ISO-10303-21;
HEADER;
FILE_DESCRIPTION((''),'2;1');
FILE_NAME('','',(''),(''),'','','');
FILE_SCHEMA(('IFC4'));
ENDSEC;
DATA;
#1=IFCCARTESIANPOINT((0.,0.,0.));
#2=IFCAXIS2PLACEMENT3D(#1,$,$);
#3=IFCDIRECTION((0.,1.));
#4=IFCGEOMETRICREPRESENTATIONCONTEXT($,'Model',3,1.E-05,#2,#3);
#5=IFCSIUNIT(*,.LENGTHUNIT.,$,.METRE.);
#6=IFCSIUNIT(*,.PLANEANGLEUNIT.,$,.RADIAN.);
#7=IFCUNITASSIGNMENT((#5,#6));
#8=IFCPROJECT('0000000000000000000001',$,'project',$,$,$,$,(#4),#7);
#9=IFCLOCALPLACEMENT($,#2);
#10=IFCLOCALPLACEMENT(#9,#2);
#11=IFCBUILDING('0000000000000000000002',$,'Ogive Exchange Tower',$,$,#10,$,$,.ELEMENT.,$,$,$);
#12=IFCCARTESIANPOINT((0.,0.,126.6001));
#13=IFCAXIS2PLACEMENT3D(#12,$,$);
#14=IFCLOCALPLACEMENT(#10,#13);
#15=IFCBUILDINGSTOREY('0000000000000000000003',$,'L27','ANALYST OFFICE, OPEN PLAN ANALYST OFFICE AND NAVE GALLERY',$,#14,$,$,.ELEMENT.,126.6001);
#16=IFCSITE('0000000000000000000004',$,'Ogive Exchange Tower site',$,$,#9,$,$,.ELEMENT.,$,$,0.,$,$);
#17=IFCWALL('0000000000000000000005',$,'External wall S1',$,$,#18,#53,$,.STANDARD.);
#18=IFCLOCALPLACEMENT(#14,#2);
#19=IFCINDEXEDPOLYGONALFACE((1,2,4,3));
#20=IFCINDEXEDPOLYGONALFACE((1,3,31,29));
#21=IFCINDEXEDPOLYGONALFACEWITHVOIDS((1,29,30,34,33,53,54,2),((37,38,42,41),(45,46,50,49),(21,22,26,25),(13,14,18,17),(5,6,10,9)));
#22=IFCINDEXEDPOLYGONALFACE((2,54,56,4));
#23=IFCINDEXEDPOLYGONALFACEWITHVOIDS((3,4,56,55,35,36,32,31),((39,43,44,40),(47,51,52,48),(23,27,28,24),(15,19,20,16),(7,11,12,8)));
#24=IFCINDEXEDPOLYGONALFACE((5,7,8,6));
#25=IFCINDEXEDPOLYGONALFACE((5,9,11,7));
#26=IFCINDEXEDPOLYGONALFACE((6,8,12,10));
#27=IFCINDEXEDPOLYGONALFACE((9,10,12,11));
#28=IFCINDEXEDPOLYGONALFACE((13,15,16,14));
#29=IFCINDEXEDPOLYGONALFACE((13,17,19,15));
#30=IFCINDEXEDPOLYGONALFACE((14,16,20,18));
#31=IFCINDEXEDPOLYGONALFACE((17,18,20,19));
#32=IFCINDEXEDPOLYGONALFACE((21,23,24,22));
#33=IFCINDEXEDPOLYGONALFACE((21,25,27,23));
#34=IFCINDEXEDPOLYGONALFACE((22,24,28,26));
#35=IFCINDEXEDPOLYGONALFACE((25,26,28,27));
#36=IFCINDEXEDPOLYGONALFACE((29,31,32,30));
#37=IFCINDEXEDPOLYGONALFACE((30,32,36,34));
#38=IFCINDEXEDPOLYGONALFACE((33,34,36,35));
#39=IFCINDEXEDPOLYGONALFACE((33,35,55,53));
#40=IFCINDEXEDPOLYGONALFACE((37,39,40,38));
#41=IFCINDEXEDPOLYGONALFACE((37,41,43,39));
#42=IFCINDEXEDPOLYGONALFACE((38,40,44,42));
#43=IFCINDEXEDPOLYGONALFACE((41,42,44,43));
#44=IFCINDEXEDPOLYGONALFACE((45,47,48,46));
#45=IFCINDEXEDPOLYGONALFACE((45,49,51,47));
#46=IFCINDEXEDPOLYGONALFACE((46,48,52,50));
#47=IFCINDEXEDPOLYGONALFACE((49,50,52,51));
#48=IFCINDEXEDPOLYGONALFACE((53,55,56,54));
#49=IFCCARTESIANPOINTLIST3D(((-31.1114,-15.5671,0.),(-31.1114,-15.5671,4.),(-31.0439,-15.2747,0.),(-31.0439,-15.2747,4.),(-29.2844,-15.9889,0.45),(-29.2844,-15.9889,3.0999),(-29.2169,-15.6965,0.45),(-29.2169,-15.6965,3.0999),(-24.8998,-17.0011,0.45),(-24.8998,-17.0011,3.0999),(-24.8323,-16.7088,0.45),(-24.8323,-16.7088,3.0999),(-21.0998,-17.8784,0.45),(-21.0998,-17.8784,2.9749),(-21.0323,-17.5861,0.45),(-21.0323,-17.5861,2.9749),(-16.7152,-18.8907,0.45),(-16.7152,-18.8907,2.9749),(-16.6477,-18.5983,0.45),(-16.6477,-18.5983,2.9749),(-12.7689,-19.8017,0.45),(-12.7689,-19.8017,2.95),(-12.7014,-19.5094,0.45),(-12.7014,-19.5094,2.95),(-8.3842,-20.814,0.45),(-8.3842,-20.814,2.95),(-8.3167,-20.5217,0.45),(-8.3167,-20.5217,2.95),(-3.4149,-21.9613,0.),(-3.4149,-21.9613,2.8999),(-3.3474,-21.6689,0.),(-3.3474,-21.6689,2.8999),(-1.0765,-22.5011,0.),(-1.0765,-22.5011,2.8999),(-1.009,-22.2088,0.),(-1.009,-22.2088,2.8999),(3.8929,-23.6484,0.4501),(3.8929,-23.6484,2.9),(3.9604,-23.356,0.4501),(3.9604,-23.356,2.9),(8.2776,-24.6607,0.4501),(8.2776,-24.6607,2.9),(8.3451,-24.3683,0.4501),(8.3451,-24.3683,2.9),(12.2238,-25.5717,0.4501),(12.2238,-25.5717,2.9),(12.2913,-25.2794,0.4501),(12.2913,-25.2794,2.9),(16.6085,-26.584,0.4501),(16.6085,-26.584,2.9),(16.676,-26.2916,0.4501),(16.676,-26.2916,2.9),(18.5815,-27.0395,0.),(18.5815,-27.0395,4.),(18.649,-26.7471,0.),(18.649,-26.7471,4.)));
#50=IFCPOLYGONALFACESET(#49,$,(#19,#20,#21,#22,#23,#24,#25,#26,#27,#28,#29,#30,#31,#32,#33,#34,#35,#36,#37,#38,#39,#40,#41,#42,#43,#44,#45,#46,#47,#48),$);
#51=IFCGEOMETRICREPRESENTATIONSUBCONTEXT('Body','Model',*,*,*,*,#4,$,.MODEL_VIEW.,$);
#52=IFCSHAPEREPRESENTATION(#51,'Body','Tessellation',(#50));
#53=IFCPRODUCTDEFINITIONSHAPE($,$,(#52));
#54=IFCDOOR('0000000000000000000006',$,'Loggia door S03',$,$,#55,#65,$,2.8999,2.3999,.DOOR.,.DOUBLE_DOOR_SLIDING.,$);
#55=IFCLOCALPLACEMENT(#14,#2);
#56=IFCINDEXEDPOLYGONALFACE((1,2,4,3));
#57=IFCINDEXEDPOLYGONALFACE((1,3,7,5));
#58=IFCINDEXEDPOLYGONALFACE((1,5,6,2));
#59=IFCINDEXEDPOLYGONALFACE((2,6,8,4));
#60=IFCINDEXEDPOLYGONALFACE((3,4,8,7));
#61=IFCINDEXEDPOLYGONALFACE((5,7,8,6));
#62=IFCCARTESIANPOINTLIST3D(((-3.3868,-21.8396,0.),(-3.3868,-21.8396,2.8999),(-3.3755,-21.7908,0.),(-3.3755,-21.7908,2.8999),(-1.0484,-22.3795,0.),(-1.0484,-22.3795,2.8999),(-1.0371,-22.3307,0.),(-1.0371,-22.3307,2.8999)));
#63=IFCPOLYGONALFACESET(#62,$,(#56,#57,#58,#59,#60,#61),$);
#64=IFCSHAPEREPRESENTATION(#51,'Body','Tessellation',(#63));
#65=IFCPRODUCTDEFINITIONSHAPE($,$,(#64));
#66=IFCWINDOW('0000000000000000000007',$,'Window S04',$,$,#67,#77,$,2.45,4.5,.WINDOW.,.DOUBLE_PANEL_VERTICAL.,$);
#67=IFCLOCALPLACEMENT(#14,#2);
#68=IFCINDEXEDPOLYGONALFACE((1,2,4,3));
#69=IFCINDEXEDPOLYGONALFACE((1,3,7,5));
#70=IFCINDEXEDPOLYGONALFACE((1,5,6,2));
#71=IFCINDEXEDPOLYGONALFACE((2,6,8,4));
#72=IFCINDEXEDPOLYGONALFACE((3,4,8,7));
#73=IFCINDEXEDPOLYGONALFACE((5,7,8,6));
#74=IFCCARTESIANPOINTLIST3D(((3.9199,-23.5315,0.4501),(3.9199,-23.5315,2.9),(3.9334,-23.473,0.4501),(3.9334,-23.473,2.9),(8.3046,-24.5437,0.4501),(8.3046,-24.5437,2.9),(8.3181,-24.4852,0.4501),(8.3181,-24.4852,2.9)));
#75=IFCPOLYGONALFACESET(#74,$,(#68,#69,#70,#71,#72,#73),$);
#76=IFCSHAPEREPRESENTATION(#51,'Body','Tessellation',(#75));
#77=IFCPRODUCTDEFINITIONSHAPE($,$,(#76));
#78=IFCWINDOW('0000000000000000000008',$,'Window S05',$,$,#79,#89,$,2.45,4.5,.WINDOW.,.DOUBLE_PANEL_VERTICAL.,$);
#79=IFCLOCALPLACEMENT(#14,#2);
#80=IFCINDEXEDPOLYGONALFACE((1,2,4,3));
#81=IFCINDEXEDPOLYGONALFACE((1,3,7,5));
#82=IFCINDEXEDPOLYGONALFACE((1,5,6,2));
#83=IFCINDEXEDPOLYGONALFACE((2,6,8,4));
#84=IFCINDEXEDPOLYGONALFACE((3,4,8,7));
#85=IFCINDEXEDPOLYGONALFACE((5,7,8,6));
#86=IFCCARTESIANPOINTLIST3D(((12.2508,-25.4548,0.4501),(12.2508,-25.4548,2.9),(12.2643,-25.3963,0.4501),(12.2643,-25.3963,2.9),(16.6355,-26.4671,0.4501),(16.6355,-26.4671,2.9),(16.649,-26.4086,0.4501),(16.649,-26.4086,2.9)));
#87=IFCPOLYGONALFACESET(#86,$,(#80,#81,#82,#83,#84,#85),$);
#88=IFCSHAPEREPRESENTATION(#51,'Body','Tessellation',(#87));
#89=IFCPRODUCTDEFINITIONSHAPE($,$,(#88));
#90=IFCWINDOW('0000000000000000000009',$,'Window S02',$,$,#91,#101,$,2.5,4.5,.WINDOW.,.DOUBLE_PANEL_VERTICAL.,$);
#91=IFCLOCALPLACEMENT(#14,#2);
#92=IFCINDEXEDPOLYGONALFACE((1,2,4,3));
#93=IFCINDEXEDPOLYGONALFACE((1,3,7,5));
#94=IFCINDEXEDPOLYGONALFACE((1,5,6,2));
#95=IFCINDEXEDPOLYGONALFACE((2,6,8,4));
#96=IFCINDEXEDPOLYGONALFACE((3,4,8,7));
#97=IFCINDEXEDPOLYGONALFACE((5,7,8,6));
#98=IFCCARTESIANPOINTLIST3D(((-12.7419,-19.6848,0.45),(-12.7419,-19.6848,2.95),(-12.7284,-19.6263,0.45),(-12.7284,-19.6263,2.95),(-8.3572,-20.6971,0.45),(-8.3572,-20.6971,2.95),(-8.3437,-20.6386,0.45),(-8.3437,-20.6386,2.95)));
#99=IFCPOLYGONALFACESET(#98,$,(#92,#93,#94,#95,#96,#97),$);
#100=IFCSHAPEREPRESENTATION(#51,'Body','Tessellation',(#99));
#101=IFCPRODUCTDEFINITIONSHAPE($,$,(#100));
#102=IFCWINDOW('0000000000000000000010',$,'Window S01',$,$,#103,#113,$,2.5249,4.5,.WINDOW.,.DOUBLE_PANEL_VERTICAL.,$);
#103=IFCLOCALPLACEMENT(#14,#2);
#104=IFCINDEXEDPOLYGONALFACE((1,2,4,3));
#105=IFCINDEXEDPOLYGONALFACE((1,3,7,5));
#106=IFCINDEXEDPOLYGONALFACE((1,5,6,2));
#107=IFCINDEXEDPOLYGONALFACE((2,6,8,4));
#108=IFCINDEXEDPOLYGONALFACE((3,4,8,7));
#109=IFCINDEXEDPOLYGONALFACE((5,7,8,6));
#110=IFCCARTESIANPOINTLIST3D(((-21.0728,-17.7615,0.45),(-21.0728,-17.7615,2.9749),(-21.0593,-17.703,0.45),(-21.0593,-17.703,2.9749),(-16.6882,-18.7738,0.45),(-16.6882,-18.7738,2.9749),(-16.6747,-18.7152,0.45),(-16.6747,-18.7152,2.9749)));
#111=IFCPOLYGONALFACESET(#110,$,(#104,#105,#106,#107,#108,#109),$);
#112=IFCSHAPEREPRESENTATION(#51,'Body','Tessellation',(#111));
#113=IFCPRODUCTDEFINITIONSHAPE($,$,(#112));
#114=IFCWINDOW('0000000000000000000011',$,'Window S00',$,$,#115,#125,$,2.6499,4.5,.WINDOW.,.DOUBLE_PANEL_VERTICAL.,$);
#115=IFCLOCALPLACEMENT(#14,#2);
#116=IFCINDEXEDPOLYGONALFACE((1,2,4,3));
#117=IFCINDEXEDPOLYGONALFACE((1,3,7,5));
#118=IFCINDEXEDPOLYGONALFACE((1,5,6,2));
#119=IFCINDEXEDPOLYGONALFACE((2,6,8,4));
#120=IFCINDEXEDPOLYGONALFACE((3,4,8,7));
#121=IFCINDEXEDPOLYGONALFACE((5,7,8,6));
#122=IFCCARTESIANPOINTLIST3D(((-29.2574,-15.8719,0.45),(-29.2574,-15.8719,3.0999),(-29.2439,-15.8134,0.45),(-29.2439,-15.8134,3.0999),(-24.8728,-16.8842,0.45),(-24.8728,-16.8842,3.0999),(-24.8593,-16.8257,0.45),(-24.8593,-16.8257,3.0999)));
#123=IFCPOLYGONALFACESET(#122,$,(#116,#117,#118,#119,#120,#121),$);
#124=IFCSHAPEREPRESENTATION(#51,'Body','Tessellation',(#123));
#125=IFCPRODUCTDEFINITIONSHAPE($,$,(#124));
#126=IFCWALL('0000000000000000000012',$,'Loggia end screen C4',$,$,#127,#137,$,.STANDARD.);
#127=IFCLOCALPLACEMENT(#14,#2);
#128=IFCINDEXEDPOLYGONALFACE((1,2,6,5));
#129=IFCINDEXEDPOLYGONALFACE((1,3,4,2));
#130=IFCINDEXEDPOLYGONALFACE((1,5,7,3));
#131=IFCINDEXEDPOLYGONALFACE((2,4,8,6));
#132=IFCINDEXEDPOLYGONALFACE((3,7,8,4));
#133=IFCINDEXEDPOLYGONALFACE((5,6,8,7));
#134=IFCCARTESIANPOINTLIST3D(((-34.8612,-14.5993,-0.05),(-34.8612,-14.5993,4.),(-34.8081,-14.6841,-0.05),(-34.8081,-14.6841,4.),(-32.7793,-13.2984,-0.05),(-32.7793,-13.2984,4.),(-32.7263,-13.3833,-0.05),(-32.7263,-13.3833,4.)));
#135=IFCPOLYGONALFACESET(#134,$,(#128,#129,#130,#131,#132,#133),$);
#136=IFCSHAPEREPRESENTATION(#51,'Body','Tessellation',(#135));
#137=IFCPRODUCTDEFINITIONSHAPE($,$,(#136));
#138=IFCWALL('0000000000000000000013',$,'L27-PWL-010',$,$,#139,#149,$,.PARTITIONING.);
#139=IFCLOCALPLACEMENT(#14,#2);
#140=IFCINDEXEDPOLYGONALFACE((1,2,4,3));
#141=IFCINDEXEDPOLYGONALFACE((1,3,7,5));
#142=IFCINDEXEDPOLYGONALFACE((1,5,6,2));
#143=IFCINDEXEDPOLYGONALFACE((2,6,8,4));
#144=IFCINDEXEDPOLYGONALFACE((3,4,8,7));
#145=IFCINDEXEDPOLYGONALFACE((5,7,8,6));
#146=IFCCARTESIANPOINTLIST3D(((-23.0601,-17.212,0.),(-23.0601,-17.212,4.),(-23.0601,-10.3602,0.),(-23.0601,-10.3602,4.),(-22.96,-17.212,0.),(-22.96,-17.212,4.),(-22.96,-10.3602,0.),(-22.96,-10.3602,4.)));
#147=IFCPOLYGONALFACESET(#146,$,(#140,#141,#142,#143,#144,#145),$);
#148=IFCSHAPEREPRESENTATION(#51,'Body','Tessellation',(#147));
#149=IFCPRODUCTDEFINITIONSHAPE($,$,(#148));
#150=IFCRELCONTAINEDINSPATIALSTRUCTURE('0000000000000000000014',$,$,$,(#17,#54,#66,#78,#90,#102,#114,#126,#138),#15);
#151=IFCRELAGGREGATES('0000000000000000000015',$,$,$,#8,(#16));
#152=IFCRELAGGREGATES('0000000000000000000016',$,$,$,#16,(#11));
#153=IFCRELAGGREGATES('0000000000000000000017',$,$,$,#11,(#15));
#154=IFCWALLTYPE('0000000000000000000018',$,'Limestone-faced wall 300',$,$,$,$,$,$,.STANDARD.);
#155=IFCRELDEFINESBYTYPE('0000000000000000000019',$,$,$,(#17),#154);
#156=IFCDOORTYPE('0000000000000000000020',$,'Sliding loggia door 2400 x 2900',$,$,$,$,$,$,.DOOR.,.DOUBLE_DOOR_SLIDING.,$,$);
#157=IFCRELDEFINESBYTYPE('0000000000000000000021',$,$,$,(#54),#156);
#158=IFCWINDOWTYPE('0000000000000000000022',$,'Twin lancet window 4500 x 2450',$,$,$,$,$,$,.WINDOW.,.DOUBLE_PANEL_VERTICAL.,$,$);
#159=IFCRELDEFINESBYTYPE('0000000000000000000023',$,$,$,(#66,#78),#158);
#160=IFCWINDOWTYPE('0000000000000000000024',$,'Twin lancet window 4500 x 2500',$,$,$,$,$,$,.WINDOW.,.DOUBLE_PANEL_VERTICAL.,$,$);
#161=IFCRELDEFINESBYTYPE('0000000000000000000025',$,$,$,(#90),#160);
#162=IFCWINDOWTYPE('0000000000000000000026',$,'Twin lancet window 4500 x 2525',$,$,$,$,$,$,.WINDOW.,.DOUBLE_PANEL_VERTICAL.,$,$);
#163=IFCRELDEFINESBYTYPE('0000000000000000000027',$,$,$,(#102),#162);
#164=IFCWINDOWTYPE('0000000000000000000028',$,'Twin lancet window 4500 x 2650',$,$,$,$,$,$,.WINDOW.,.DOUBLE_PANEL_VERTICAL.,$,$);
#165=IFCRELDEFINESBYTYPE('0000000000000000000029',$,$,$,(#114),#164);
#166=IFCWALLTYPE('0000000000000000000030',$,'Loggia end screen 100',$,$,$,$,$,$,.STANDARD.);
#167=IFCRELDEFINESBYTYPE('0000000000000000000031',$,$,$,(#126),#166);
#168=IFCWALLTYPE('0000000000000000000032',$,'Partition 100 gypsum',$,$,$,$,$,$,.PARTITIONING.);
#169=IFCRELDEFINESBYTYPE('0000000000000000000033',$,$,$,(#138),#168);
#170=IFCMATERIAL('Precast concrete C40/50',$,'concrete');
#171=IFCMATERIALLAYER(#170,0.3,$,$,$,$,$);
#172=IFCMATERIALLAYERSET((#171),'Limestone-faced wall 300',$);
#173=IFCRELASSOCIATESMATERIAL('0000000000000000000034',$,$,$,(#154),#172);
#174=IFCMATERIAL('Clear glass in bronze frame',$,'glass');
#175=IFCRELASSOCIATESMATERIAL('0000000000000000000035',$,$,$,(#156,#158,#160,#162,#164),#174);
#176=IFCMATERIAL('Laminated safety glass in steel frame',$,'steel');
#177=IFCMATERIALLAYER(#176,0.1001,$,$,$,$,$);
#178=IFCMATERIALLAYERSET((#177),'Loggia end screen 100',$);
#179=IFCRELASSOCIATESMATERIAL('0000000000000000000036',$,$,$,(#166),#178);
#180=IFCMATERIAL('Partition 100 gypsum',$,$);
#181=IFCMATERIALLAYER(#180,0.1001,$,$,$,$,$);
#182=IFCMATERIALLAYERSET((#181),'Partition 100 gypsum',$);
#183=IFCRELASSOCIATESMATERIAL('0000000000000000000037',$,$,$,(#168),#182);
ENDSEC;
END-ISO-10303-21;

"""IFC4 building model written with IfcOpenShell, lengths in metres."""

from ifc_helpers import new_model, si_unit, direction, frame, frame_2d, origin, place, context, subcontext, project, spatial, rectangle, extrude, material, layer, layer_set, type_object, element, fill, save


model = new_model("IFC4")

# Units and contexts
model_context = context("Model", 3, precision=1e-05, world=origin(), true_north=direction((0.0, 1.0)))
body_context = subcontext(model_context, "Body", "Model", "MODEL_VIEW")
ifc_project = project(units=[si_unit("LENGTHUNIT", "METRE"), si_unit("PLANEANGLEUNIT", "RADIAN")], contexts=[model_context])

# Site, building, storey
site_placement = place(None, origin())
site = spatial("IfcSite", under=ifc_project, at=site_placement, Name="Ogive Exchange Tower site", CompositionType="ELEMENT", RefElevation=0.0)
building_placement = place(site_placement, origin())
building = spatial("IfcBuilding", under=site, at=building_placement, Name="Ogive Exchange Tower", CompositionType="ELEMENT")
storey_placement = place(building_placement, frame((0.0, 0.0, 126.6001)))
storey = spatial("IfcBuildingStorey", under=building, at=storey_placement, Name="L27", Description="ANALYST OFFICE, OPEN PLAN ANALYST OFFICE AND NAVE GALLERY", CompositionType="ELEMENT", Elevation=126.6001)

# Wall, openings, door, windows
ifc_material_1 = material(Name="Precast concrete C40/50", Category="concrete")
ifc_layer_1 = layer(ifc_material_1, 0.3)
ifc_layer_set_1 = layer_set([ifc_layer_1], Name="Limestone-faced wall 300")
wall_type_1 = type_object("IfcWallType", Name="Limestone-faced wall 300", PredefinedType="STANDARD", material=ifc_layer_set_1)
wall_1_placement = place(storey_placement, frame((-31.0776, -15.4209, 0.0), z_axis=(0.0, 0.0, 1.0), x_axis=(0.97437, -0.224949, 0.0)))
wall_1 = element("IfcWall", 1, at=wall_1_placement, inside=storey, type_object=wall_type_1, Name="External wall S1", PredefinedType="STANDARD", context=body_context, shape_type="SweptSolid", body=[
    extrude(rectangle(XDim=51.0, YDim=0.3, at=frame_2d((25.5, 0.0))), origin(), (0.0, 0.0, 1.0), 4.0),
])
opening_1_placement = place(wall_1_placement, frame((1.875, 0.0, 0.45)))
opening_1 = element("IfcOpeningElement", 2, at=opening_1_placement, cuts=wall_1, PredefinedType="OPENING", context=body_context, shape_type="SweptSolid", body=[
    extrude(rectangle(XDim=4.5, YDim=2.6499, at=frame_2d((2.25, 1.325))), frame((0.0, 0.1599, 0.0), z_axis=(0.0, -1.0, 0.0), x_axis=(1.0, 0.0, 0.0)), (0.0, 0.0, 1.0), 0.3201),
])
opening_2_placement = place(wall_1_placement, frame((10.2749, 0.0, 0.45)))
opening_2 = element("IfcOpeningElement", 3, at=opening_2_placement, cuts=wall_1, PredefinedType="OPENING", context=body_context, shape_type="SweptSolid", body=[
    extrude(rectangle(XDim=4.5, YDim=2.5249, at=frame_2d((2.25, 1.2625))), frame((0.0, 0.1599, 0.0), z_axis=(0.0, -1.0, 0.0), x_axis=(1.0, 0.0, 0.0)), (0.0, 0.0, 1.0), 0.3201),
])
opening_3_placement = place(wall_1_placement, frame((18.825, 0.0, 0.45)))
opening_3 = element("IfcOpeningElement", 4, at=opening_3_placement, cuts=wall_1, PredefinedType="OPENING", context=body_context, shape_type="SweptSolid", body=[
    extrude(rectangle(XDim=4.5, YDim=2.5, at=frame_2d((2.25, 1.25))), frame((0.0, 0.1599, 0.0), z_axis=(0.0, -1.0, 0.0), x_axis=(1.0, 0.0, 0.0)), (0.0, 0.0, 1.0), 0.3201),
])
opening_4_placement = place(wall_1_placement, frame((28.425, 0.0, 0.0)))
opening_4 = element("IfcOpeningElement", 5, at=opening_4_placement, cuts=wall_1, PredefinedType="OPENING", context=body_context, shape_type="SweptSolid", body=[
    extrude(rectangle(XDim=2.3999, YDim=2.8999, at=frame_2d((1.2, 1.45))), frame((0.0, 0.1599, 0.0), z_axis=(0.0, -1.0, 0.0), x_axis=(1.0, 0.0, 0.0)), (0.0, 0.0, 1.0), 0.3201),
])
opening_5_placement = place(wall_1_placement, frame((35.925, 0.0, 0.45)))
opening_5 = element("IfcOpeningElement", 6, at=opening_5_placement, cuts=wall_1, PredefinedType="OPENING", context=body_context, shape_type="SweptSolid", body=[
    extrude(rectangle(XDim=4.5, YDim=2.45, at=frame_2d((2.25, 1.2251))), frame((0.0, 0.1599, 0.0), z_axis=(0.0, -1.0, 0.0), x_axis=(1.0, 0.0, 0.0)), (0.0, 0.0, 1.0), 0.3201),
])
opening_6_placement = place(wall_1_placement, frame((44.4751, 0.0, 0.45)))
opening_6 = element("IfcOpeningElement", 7, at=opening_6_placement, cuts=wall_1, PredefinedType="OPENING", context=body_context, shape_type="SweptSolid", body=[
    extrude(rectangle(XDim=4.5, YDim=2.45, at=frame_2d((2.25, 1.2251))), frame((0.0, 0.1599, 0.0), z_axis=(0.0, -1.0, 0.0), x_axis=(1.0, 0.0, 0.0)), (0.0, 0.0, 1.0), 0.3201),
])
ifc_material_2 = material(Name="Clear glass in bronze frame", Category="glass")
door_type_1 = type_object("IfcDoorType", Name="Sliding loggia door 2400 x 2900", OperationType="DOUBLE_DOOR_SLIDING", PredefinedType="DOOR", material=ifc_material_2)
door_1_placement = place(opening_4_placement, origin())
door_1 = element("IfcDoor", 8, at=door_1_placement, inside=storey, type_object=door_type_1, Name="Loggia door S03", OperationType="DOUBLE_DOOR_SLIDING", OverallHeight=2.8999, OverallWidth=2.3999, PredefinedType="DOOR", context=body_context, shape_type="SweptSolid", body=[
    extrude(rectangle(XDim=2.3999, YDim=2.8999, at=frame_2d((1.2, 1.45))), frame((0.0, 0.0249, 0.0), z_axis=(0.0, -1.0, 0.0), x_axis=(1.0, 0.0, 0.0)), (0.0, 0.0, 1.0), 0.05),
])
fill(opening_4, door_1)
window_type_1 = type_object("IfcWindowType", Name="Twin lancet window 4500 x 2450", PartitioningType="DOUBLE_PANEL_VERTICAL", PredefinedType="WINDOW", material=ifc_material_2)
window_1_placement = place(opening_5_placement, origin())
window_1 = element("IfcWindow", 9, at=window_1_placement, inside=storey, type_object=window_type_1, Name="Window S04", OverallHeight=2.45, OverallWidth=4.5, PartitioningType="DOUBLE_PANEL_VERTICAL", PredefinedType="WINDOW", context=body_context, shape_type="SweptSolid", body=[
    extrude(rectangle(XDim=4.5, YDim=2.45, at=frame_2d((2.25, 1.2251))), frame((0.0, 0.03, 0.0), z_axis=(0.0, -1.0, 0.0), x_axis=(1.0, 0.0, 0.0)), (0.0, 0.0, 1.0), 0.0601),
])
fill(opening_5, window_1)
window_2_placement = place(opening_6_placement, origin())
window_2 = element("IfcWindow", 10, at=window_2_placement, inside=storey, type_object=window_type_1, Name="Window S05", OverallHeight=2.45, OverallWidth=4.5, PartitioningType="DOUBLE_PANEL_VERTICAL", PredefinedType="WINDOW", context=body_context, shape_type="SweptSolid", body=[
    extrude(rectangle(XDim=4.5, YDim=2.45, at=frame_2d((2.25, 1.2251))), frame((0.0, 0.03, 0.0), z_axis=(0.0, -1.0, 0.0), x_axis=(1.0, 0.0, 0.0)), (0.0, 0.0, 1.0), 0.0601),
])
fill(opening_6, window_2)
window_type_2 = type_object("IfcWindowType", Name="Twin lancet window 4500 x 2500", PartitioningType="DOUBLE_PANEL_VERTICAL", PredefinedType="WINDOW", material=ifc_material_2)
window_3_placement = place(opening_3_placement, origin())
window_3 = element("IfcWindow", 11, at=window_3_placement, inside=storey, type_object=window_type_2, Name="Window S02", OverallHeight=2.5, OverallWidth=4.5, PartitioningType="DOUBLE_PANEL_VERTICAL", PredefinedType="WINDOW", context=body_context, shape_type="SweptSolid", body=[
    extrude(rectangle(XDim=4.5, YDim=2.5, at=frame_2d((2.25, 1.25))), frame((0.0, 0.03, 0.0), z_axis=(0.0, -1.0, 0.0), x_axis=(1.0, 0.0, 0.0)), (0.0, 0.0, 1.0), 0.0601),
])
fill(opening_3, window_3)
window_type_3 = type_object("IfcWindowType", Name="Twin lancet window 4500 x 2525", PartitioningType="DOUBLE_PANEL_VERTICAL", PredefinedType="WINDOW", material=ifc_material_2)
window_4_placement = place(opening_2_placement, origin())
window_4 = element("IfcWindow", 12, at=window_4_placement, inside=storey, type_object=window_type_3, Name="Window S01", OverallHeight=2.5249, OverallWidth=4.5, PartitioningType="DOUBLE_PANEL_VERTICAL", PredefinedType="WINDOW", context=body_context, shape_type="SweptSolid", body=[
    extrude(rectangle(XDim=4.5, YDim=2.5249, at=frame_2d((2.25, 1.2625))), frame((0.0, 0.03, 0.0), z_axis=(0.0, -1.0, 0.0), x_axis=(1.0, 0.0, 0.0)), (0.0, 0.0, 1.0), 0.0601),
])
fill(opening_2, window_4)
window_type_4 = type_object("IfcWindowType", Name="Twin lancet window 4500 x 2650", PartitioningType="DOUBLE_PANEL_VERTICAL", PredefinedType="WINDOW", material=ifc_material_2)
window_5_placement = place(opening_1_placement, origin())
window_5 = element("IfcWindow", 13, at=window_5_placement, inside=storey, type_object=window_type_4, Name="Window S00", OverallHeight=2.6499, OverallWidth=4.5, PartitioningType="DOUBLE_PANEL_VERTICAL", PredefinedType="WINDOW", context=body_context, shape_type="SweptSolid", body=[
    extrude(rectangle(XDim=4.5, YDim=2.6499, at=frame_2d((2.25, 1.325))), frame((0.0, 0.03, 0.0), z_axis=(0.0, -1.0, 0.0), x_axis=(1.0, 0.0, 0.0)), (0.0, 0.0, 1.0), 0.0601),
])
fill(opening_1, window_5)

# Walls
ifc_material_3 = material(Name="Laminated safety glass in steel frame", Category="steel")
ifc_layer_2 = layer(ifc_material_3, 0.1001)
ifc_layer_set_2 = layer_set([ifc_layer_2], Name="Loggia end screen 100")
wall_type_2 = type_object("IfcWallType", Name="Loggia end screen 100", PredefinedType="STANDARD", material=ifc_layer_set_2)
wall_2_placement = place(storey_placement, frame((-32.7527, -13.3408, -0.05), z_axis=(0.0, 0.0, 1.0), x_axis=(-0.84806, -0.529901, 0.0)))
element("IfcWall", 14, at=wall_2_placement, inside=storey, type_object=wall_type_2, Name="Loggia end screen C4", PredefinedType="STANDARD", context=body_context, shape_type="SweptSolid", body=[
    extrude(rectangle(XDim=2.4548, YDim=0.1001, at=frame_2d((1.2275, 0.0))), origin(), (0.0, 0.0, 1.0), 4.05),
])
ifc_material_4 = material(Name="Partition 100 gypsum")
ifc_layer_3 = layer(ifc_material_4, 0.1001)
ifc_layer_set_3 = layer_set([ifc_layer_3], Name="Partition 100 gypsum")
wall_type_3 = type_object("IfcWallType", Name="Partition 100 gypsum", PredefinedType="PARTITIONING", material=ifc_layer_set_3)
wall_3_placement = place(storey_placement, frame((-23.01, -17.2119, 0.0), z_axis=(0.0, 0.0, 1.0), x_axis=(0.0, 1.0, 0.0)))
element("IfcWall", 15, at=wall_3_placement, inside=storey, type_object=wall_type_3, Name="L27-PWL-010", PredefinedType="PARTITIONING", context=body_context, shape_type="SweptSolid", body=[
    extrude(rectangle(XDim=6.8518, YDim=0.1001, at=frame_2d((3.4258, 0.0))), origin(), (0.0, 0.0, 1.0), 4.0),
])

save(model, "model.ifc")
